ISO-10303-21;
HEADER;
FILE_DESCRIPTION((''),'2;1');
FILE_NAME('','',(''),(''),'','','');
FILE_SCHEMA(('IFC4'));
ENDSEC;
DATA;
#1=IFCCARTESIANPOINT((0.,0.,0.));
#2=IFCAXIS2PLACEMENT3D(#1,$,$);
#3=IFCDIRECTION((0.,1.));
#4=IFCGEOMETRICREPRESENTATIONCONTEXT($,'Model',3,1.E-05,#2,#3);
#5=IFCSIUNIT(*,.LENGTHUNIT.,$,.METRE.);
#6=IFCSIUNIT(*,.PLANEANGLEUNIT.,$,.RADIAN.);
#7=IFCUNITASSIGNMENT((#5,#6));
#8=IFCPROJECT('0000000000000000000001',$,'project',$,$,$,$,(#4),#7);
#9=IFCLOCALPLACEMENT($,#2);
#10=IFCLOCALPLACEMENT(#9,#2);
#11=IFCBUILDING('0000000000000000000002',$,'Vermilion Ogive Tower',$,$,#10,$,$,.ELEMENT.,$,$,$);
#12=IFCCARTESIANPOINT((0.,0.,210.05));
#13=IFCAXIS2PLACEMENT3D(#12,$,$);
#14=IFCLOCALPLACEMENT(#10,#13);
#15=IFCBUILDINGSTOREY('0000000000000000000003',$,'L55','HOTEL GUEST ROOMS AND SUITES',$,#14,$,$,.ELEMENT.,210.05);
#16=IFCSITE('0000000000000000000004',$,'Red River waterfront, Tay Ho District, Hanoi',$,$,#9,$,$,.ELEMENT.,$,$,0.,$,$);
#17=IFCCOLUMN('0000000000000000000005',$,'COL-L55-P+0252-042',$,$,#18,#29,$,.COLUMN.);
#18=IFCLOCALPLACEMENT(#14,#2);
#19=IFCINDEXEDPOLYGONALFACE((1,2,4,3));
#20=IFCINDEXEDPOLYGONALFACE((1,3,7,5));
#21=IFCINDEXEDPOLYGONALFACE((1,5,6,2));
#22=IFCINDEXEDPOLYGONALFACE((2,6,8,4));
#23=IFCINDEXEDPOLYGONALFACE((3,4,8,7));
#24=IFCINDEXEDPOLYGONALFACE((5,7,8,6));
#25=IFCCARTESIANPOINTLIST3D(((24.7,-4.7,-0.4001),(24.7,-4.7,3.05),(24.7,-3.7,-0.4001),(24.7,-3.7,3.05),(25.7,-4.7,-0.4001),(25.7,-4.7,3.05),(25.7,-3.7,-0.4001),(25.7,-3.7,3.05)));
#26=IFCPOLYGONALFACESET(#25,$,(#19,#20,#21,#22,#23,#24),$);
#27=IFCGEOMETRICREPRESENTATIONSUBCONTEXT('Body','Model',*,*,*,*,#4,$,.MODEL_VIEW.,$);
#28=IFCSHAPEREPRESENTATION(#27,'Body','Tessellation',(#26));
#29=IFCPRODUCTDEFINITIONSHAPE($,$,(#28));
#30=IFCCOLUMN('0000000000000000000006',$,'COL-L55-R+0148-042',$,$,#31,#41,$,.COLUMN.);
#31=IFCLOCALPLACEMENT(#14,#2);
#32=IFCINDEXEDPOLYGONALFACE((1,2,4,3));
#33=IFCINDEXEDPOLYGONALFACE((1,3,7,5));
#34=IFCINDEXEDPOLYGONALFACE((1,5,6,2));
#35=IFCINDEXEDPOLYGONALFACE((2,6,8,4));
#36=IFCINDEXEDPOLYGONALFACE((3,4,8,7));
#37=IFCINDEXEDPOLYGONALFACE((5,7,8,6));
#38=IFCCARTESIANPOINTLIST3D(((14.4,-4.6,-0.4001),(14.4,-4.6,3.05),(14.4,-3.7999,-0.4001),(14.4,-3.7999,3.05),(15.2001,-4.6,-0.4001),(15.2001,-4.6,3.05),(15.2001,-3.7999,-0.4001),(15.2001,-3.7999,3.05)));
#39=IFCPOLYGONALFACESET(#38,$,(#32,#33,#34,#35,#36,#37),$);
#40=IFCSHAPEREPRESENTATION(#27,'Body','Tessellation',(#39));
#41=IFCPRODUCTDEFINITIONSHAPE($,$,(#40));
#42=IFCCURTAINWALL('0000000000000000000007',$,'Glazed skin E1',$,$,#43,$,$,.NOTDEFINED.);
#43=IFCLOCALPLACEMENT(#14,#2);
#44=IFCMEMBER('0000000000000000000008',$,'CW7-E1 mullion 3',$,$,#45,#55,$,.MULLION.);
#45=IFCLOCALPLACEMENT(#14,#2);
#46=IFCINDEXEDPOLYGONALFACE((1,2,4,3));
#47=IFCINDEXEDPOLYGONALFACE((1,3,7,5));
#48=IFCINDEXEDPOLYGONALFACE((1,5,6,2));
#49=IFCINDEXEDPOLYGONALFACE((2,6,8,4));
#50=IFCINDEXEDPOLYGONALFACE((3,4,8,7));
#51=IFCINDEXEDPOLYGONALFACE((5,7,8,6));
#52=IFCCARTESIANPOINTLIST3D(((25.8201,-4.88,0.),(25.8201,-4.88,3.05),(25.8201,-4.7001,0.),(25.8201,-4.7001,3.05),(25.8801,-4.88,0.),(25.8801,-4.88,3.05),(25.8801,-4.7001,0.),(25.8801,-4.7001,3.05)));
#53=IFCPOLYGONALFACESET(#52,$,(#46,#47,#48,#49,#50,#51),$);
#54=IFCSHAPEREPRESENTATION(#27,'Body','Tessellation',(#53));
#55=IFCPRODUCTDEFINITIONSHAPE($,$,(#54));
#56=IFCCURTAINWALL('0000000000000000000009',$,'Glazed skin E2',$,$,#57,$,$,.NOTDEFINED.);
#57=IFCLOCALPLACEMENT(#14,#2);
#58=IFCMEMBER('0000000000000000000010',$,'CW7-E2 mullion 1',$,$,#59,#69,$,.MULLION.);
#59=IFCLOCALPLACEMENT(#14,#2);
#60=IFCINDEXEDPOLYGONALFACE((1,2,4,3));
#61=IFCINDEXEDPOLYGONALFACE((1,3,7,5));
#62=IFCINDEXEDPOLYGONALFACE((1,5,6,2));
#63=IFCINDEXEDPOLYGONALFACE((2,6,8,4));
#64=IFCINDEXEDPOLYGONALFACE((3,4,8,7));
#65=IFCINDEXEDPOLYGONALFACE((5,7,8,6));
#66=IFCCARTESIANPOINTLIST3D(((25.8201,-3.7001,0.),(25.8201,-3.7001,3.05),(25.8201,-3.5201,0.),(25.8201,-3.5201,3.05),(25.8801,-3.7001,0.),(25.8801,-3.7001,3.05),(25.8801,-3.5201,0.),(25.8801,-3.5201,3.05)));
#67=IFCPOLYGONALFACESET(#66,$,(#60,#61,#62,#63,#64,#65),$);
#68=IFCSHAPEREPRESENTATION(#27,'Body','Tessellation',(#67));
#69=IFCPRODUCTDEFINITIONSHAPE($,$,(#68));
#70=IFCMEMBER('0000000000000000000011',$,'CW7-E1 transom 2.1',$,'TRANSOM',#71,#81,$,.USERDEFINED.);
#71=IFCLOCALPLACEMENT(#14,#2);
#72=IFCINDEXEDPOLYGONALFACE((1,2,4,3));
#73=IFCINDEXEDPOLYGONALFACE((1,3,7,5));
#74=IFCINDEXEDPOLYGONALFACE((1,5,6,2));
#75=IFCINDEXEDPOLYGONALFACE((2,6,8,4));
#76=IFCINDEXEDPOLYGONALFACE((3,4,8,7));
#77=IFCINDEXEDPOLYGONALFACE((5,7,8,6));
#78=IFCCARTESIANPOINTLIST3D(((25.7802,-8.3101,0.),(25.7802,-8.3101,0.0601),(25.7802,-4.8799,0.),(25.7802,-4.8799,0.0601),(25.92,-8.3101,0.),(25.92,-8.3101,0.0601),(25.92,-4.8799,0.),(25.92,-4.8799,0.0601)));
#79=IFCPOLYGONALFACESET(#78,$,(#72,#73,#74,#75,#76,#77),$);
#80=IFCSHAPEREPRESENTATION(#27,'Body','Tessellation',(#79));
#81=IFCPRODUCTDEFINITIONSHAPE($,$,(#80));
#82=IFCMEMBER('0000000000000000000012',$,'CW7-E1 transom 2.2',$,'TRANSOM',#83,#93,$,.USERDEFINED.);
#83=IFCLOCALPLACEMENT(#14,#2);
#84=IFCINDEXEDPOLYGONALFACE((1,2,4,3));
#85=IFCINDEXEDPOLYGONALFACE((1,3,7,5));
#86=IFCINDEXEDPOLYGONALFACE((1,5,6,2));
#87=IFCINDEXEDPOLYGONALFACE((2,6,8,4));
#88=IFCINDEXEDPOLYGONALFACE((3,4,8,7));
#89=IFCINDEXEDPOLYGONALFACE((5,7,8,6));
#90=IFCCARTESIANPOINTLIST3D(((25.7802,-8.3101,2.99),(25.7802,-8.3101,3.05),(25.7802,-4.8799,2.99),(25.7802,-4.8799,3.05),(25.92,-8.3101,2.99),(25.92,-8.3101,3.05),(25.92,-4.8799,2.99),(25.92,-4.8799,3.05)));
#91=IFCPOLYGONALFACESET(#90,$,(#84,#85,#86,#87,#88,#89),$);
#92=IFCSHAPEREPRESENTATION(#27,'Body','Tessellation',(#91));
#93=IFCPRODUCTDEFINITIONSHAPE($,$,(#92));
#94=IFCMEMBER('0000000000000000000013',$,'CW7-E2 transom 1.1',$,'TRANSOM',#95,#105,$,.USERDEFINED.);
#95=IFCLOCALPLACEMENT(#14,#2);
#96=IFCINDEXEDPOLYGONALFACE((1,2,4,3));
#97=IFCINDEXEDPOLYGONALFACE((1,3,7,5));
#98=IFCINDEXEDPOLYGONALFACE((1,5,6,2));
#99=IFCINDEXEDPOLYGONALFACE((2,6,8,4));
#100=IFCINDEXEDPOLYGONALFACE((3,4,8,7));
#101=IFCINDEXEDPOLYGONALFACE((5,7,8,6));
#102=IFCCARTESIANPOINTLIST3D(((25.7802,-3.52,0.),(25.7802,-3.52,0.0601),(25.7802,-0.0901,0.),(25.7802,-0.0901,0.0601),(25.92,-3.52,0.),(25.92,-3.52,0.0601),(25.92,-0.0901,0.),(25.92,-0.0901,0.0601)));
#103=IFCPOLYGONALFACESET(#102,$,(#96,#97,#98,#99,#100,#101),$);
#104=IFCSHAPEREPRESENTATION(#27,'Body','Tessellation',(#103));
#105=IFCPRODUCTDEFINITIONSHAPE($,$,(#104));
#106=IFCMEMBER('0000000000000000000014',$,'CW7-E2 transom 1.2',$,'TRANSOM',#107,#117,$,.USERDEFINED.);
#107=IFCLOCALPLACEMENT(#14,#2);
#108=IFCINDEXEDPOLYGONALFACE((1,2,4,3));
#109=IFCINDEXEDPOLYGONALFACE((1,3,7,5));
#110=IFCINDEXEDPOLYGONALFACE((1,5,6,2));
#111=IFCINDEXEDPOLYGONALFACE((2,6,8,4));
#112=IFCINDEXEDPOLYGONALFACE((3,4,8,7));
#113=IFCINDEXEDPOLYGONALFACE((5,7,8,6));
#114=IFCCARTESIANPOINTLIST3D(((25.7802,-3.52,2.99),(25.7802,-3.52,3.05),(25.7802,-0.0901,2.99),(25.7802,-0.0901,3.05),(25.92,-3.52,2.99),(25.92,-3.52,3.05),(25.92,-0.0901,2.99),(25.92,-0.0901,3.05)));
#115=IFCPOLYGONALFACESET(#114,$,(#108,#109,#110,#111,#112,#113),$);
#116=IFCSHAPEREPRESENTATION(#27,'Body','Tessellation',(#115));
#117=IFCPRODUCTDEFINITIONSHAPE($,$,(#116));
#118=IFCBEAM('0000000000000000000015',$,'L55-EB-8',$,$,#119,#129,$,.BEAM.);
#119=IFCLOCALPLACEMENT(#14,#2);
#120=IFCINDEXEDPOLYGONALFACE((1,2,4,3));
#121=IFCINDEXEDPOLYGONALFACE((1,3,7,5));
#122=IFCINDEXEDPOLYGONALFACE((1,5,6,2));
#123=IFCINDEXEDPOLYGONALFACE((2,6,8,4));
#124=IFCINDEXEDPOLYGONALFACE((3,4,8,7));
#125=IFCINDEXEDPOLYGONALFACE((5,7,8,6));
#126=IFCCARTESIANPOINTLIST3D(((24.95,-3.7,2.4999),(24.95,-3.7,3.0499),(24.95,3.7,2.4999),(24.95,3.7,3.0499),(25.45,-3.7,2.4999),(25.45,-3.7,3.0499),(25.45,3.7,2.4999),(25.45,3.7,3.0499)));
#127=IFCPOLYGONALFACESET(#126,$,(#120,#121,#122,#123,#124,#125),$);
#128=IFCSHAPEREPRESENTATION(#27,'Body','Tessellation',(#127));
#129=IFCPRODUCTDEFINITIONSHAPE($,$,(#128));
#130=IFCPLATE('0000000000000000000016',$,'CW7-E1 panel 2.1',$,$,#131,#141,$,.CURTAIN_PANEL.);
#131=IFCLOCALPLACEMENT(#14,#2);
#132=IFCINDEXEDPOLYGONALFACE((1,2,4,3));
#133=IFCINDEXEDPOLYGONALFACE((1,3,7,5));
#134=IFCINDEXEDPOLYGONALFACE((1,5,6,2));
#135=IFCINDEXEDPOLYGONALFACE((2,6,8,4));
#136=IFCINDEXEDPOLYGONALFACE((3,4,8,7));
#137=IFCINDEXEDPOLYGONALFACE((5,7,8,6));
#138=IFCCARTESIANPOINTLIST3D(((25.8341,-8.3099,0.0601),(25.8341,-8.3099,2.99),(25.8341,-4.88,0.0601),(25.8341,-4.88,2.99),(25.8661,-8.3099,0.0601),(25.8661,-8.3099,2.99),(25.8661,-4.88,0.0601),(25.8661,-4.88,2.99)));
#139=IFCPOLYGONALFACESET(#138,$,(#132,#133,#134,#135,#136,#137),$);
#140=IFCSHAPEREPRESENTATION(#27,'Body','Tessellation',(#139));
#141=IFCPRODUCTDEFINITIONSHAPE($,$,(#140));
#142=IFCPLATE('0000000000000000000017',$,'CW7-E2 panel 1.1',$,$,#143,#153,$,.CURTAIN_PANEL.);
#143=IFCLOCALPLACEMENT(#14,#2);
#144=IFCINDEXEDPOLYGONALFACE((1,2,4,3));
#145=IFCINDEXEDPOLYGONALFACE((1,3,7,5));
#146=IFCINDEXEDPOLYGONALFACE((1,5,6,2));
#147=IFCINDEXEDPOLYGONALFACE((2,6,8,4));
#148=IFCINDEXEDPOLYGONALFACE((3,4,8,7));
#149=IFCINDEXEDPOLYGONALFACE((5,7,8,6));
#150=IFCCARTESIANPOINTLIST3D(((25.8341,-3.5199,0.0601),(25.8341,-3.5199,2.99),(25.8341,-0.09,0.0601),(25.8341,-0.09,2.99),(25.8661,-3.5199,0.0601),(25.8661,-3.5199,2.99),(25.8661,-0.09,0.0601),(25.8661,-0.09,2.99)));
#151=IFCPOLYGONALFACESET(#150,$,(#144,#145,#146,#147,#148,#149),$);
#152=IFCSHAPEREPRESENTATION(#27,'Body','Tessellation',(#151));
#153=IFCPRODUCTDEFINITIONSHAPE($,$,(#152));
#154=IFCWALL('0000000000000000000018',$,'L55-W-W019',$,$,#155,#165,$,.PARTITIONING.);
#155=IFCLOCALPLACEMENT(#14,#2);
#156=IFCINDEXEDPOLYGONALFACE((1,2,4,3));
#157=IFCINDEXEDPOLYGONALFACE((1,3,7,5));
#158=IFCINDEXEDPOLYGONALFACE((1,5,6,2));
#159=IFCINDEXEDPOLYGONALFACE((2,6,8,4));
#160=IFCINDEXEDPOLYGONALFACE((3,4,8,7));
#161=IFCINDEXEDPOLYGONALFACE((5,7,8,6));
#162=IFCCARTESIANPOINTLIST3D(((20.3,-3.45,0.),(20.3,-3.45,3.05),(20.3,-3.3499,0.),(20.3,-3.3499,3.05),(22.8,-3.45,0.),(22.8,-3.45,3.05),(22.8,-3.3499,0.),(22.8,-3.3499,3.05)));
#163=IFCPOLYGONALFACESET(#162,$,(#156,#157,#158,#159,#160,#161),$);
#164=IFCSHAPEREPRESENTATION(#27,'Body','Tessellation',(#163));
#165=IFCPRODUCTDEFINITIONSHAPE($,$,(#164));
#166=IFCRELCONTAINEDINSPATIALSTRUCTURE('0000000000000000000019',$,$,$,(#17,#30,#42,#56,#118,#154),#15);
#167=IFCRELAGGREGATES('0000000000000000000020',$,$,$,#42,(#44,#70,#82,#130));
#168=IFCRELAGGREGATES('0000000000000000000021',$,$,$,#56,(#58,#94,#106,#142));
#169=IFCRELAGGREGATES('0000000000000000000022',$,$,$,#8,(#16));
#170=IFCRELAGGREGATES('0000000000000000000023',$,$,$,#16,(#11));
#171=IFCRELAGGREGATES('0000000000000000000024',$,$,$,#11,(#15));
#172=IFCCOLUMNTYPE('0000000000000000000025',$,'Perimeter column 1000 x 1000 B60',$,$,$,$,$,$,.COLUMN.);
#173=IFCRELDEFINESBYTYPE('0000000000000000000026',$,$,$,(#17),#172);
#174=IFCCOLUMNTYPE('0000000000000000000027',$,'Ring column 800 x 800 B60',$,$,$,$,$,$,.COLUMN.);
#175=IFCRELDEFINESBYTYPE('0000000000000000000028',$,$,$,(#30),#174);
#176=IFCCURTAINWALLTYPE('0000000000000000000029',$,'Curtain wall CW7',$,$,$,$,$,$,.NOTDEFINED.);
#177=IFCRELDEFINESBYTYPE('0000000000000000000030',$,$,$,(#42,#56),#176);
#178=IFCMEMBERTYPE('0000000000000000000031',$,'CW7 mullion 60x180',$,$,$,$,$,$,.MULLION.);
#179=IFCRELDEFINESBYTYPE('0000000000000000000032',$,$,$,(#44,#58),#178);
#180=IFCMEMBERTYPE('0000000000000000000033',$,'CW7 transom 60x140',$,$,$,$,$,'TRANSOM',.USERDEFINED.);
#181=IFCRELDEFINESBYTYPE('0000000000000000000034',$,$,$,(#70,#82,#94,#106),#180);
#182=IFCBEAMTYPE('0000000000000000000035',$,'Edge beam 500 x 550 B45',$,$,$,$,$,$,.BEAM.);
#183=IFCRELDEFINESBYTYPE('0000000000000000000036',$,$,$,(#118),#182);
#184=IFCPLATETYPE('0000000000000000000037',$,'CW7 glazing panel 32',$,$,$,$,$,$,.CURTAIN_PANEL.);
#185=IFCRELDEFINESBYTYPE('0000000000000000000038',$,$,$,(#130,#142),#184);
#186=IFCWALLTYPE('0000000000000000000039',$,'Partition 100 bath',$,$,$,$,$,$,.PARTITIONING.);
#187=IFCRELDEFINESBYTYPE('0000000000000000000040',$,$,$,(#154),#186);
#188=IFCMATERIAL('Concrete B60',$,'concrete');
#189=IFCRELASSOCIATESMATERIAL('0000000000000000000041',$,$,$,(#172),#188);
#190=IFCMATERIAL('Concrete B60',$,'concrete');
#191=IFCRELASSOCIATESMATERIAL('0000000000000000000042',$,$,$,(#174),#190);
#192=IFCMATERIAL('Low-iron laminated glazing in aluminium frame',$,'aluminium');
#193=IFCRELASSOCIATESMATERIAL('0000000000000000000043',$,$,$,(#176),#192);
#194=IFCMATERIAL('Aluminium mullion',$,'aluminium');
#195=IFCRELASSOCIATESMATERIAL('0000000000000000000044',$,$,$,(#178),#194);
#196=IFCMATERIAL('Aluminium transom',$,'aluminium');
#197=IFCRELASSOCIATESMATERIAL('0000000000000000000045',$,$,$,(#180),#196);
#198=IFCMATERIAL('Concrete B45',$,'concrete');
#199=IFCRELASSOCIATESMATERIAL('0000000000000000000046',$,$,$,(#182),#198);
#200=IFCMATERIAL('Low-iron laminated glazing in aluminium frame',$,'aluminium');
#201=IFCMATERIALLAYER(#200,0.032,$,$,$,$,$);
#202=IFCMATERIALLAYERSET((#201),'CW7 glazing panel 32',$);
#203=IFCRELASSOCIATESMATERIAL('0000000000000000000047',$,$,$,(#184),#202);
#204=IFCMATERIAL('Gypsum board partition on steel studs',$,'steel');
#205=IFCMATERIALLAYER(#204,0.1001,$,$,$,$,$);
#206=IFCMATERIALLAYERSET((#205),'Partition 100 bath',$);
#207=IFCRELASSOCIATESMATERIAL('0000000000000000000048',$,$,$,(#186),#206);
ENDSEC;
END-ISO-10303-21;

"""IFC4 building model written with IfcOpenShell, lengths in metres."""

from ifc_helpers import new_model, si_unit, direction, frame, frame_2d, origin, origin_2d, place, context, subcontext, project, spatial, rectangle, extrude, material, layer, layer_set, material_profile, profile_set, type_object, element, aggregate, save


model = new_model("IFC4")

# Units and contexts
model_context = context("Model", 3, precision=1e-05, world=origin(), true_north=direction((0.0, 1.0)))
body_context = subcontext(model_context, "Body", "Model", "MODEL_VIEW")
ifc_project = project(units=[si_unit("LENGTHUNIT", "METRE"), si_unit("PLANEANGLEUNIT", "RADIAN")], contexts=[model_context])

# Site, building, storey
site_placement = place(None, origin())
site = spatial("IfcSite", under=ifc_project, at=site_placement, Name="Red River waterfront, Tay Ho District, Hanoi", CompositionType="ELEMENT", RefElevation=0.0)
building_placement = place(site_placement, origin())
building = spatial("IfcBuilding", under=site, at=building_placement, Name="Vermilion Ogive Tower", CompositionType="ELEMENT")
storey_placement = place(building_placement, frame((0.0, 0.0, 210.05)))
storey = spatial("IfcBuildingStorey", under=building, at=storey_placement, Name="L55", Description="HOTEL GUEST ROOMS AND SUITES", CompositionType="ELEMENT", Elevation=210.05)

# Columns
ifc_material_1 = material(Name="Concrete B60", Category="concrete")
ifc_material_profile_1 = material_profile(ifc_material_1, rectangle(XDim=1.0, YDim=1.0, at=origin_2d()), Name="1000 x 1000")
ifc_profile_set_1 = profile_set([ifc_material_profile_1], Name="Concrete B60")
column_type_1 = type_object("IfcColumnType", Name="Perimeter column 1000 x 1000 B60", PredefinedType="COLUMN", material=ifc_profile_set_1)
column_1_placement = place(storey_placement, frame((25.2, -4.2, -0.4001), z_axis=(0.0, 0.0, 1.0), x_axis=(1.0, 0.0, 0.0)))
element("IfcColumn", 1, at=column_1_placement, inside=storey, type_object=column_type_1, Name="COL-L55-P+0252-042", PredefinedType="COLUMN", context=body_context, shape_type="SweptSolid", body=[
    extrude(rectangle(XDim=1.0, YDim=1.0, at=origin_2d()), origin(), (0.0, 0.0, 1.0), 3.4502),
])
ifc_material_2 = material(Name="Concrete B60", Category="concrete")
ifc_material_profile_2 = material_profile(ifc_material_2, rectangle(XDim=0.8, YDim=0.8, at=origin_2d()), Name="800 x 800")
ifc_profile_set_2 = profile_set([ifc_material_profile_2], Name="Concrete B60")
column_type_2 = type_object("IfcColumnType", Name="Ring column 800 x 800 B60", PredefinedType="COLUMN", material=ifc_profile_set_2)
column_2_placement = place(storey_placement, frame((14.8, -4.2, -0.4001), z_axis=(0.0, 0.0, 1.0), x_axis=(1.0, 0.0, 0.0)))
element("IfcColumn", 2, at=column_2_placement, inside=storey, type_object=column_type_2, Name="COL-L55-R+0148-042", PredefinedType="COLUMN", context=body_context, shape_type="SweptSolid", body=[
    extrude(rectangle(XDim=0.8, YDim=0.8, at=origin_2d()), origin(), (0.0, 0.0, 1.0), 3.4502),
])

# Curtain walls, members
ifc_material_3 = material(Name="Low-iron laminated glazing in aluminium frame", Category="aluminium")
curtain_wall_type = type_object("IfcCurtainWallType", Name="Curtain wall CW7", PredefinedType="NOTDEFINED", material=ifc_material_3)
curtain_wall_1_placement = place(storey_placement, origin())
curtain_wall_1 = element("IfcCurtainWall", 3, at=curtain_wall_1_placement, inside=storey, type_object=curtain_wall_type, Name="Glazed skin E1", PredefinedType="NOTDEFINED")
ifc_material_4 = material(Name="Aluminium mullion", Category="aluminium")
ifc_material_profile_3 = material_profile(ifc_material_4, rectangle(XDim=0.0601, YDim=0.1799, at=origin_2d()), Name="AL 60x180")
ifc_profile_set_3 = profile_set([ifc_material_profile_3], Name="Aluminium mullion")
member_type_1 = type_object("IfcMemberType", Name="CW7 mullion 60x180", PredefinedType="MULLION", material=ifc_profile_set_3)
member_1_placement = place(storey_placement, frame((25.8501, -4.79, 0.0), z_axis=(0.0, 0.0, 1.0), x_axis=(-1.0, 0.0, 0.0)))
member_1 = element("IfcMember", 4, at=member_1_placement, type_object=member_type_1, Name="CW7-E1 mullion 3", PredefinedType="MULLION", context=body_context, shape_type="SweptSolid", body=[
    extrude(rectangle(XDim=0.0601, YDim=0.1799, at=origin_2d()), origin(), (0.0, 0.0, 1.0), 3.05),
])
curtain_wall_2_placement = place(storey_placement, origin())
curtain_wall_2 = element("IfcCurtainWall", 5, at=curtain_wall_2_placement, inside=storey, type_object=curtain_wall_type, Name="Glazed skin E2", PredefinedType="NOTDEFINED")
member_2_placement = place(storey_placement, frame((25.8501, -3.6101, 0.0), z_axis=(0.0, 0.0, 1.0), x_axis=(-1.0, 0.0, 0.0)))
member_2 = element("IfcMember", 6, at=member_2_placement, type_object=member_type_1, Name="CW7-E2 mullion 1", PredefinedType="MULLION", context=body_context, shape_type="SweptSolid", body=[
    extrude(rectangle(XDim=0.0601, YDim=0.1799, at=origin_2d()), origin(), (0.0, 0.0, 1.0), 3.05),
])

# Members
ifc_material_5 = material(Name="Aluminium transom", Category="aluminium")
ifc_material_profile_4 = material_profile(ifc_material_5, rectangle(XDim=0.1399, YDim=0.0601, at=origin_2d()), Name="AL 60x140")
ifc_profile_set_4 = profile_set([ifc_material_profile_4], Name="Aluminium transom")
member_type_2 = type_object("IfcMemberType", Name="CW7 transom 60x140", ElementType="TRANSOM", PredefinedType="USERDEFINED", material=ifc_profile_set_4)
member_3_placement = place(storey_placement, frame((25.8501, -8.3101, 0.03), z_axis=(0.0, 1.0, 0.0), x_axis=(-1.0, 0.0, 0.0)))
member_3 = element("IfcMember", 7, at=member_3_placement, type_object=member_type_2, Name="CW7-E1 transom 2.1", ObjectType="TRANSOM", PredefinedType="USERDEFINED", context=body_context, shape_type="SweptSolid", body=[
    extrude(rectangle(XDim=0.1399, YDim=0.0601, at=origin_2d()), origin(), (0.0, 0.0, 1.0), 3.4302),
])
member_4_placement = place(storey_placement, frame((25.8501, -8.3101, 3.02), z_axis=(0.0, 1.0, 0.0), x_axis=(-1.0, 0.0, 0.0)))
member_4 = element("IfcMember", 8, at=member_4_placement, type_object=member_type_2, Name="CW7-E1 transom 2.2", ObjectType="TRANSOM", PredefinedType="USERDEFINED", context=body_context, shape_type="SweptSolid", body=[
    extrude(rectangle(XDim=0.1399, YDim=0.0601, at=origin_2d()), origin(), (0.0, 0.0, 1.0), 3.4302),
])
member_5_placement = place(storey_placement, frame((25.8501, -3.52, 0.03), z_axis=(0.0, 1.0, 0.0), x_axis=(-1.0, 0.0, 0.0)))
member_5 = element("IfcMember", 9, at=member_5_placement, type_object=member_type_2, Name="CW7-E2 transom 1.1", ObjectType="TRANSOM", PredefinedType="USERDEFINED", context=body_context, shape_type="SweptSolid", body=[
    extrude(rectangle(XDim=0.1399, YDim=0.0601, at=origin_2d()), origin(), (0.0, 0.0, 1.0), 3.4299),
])
member_6_placement = place(storey_placement, frame((25.8501, -3.52, 3.02), z_axis=(0.0, 1.0, 0.0), x_axis=(-1.0, 0.0, 0.0)))
member_6 = element("IfcMember", 10, at=member_6_placement, type_object=member_type_2, Name="CW7-E2 transom 1.2", ObjectType="TRANSOM", PredefinedType="USERDEFINED", context=body_context, shape_type="SweptSolid", body=[
    extrude(rectangle(XDim=0.1399, YDim=0.0601, at=origin_2d()), origin(), (0.0, 0.0, 1.0), 3.4299),
])

# Beam
ifc_material_6 = material(Name="Concrete B45", Category="concrete")
ifc_material_profile_5 = material_profile(ifc_material_6, rectangle(XDim=0.5, YDim=0.55, at=origin_2d()), Name="500 x 550")
ifc_profile_set_5 = profile_set([ifc_material_profile_5], Name="Concrete B45")
beam_type = type_object("IfcBeamType", Name="Edge beam 500 x 550 B45", PredefinedType="BEAM", material=ifc_profile_set_5)
beam_placement = place(storey_placement, frame((25.2, -3.7, 2.7749), z_axis=(0.0, 1.0, 0.0), x_axis=(-1.0, 0.0, 0.0)))
element("IfcBeam", 11, at=beam_placement, inside=storey, type_object=beam_type, Name="L55-EB-8", PredefinedType="BEAM", context=body_context, shape_type="SweptSolid", body=[
    extrude(rectangle(XDim=0.5, YDim=0.55, at=origin_2d()), origin(), (0.0, 0.0, 1.0), 7.3999),
])

# Plates
ifc_material_7 = material(Name="Low-iron laminated glazing in aluminium frame", Category="aluminium")
ifc_layer_1 = layer(ifc_material_7, 0.032)
ifc_layer_set_1 = layer_set([ifc_layer_1], Name="CW7 glazing panel 32")
plate_type = type_object("IfcPlateType", Name="CW7 glazing panel 32", PredefinedType="CURTAIN_PANEL", material=ifc_layer_set_1)
plate_1_placement = place(storey_placement, frame((25.8501, -6.595, 0.0601), z_axis=(0.0, 0.0, 1.0), x_axis=(0.0, 1.0, 0.0)))
plate_1 = element("IfcPlate", 12, at=plate_1_placement, type_object=plate_type, Name="CW7-E1 panel 2.1", PredefinedType="CURTAIN_PANEL", context=body_context, shape_type="SweptSolid", body=[
    extrude(rectangle(XDim=3.4299, YDim=0.032, at=origin_2d()), origin(), (0.0, 0.0, 1.0), 2.9299),
])
aggregate(curtain_wall_1, [member_1, member_3, member_4, plate_1])
plate_2_placement = place(storey_placement, frame((25.8501, -1.8049, 0.0601), z_axis=(0.0, 0.0, 1.0), x_axis=(0.0, 1.0, 0.0)))
plate_2 = element("IfcPlate", 13, at=plate_2_placement, type_object=plate_type, Name="CW7-E2 panel 1.1", PredefinedType="CURTAIN_PANEL", context=body_context, shape_type="SweptSolid", body=[
    extrude(rectangle(XDim=3.4299, YDim=0.032, at=origin_2d()), origin(), (0.0, 0.0, 1.0), 2.9299),
])
aggregate(curtain_wall_2, [member_2, member_5, member_6, plate_2])

# Wall
ifc_material_8 = material(Name="Gypsum board partition on steel studs", Category="steel")
ifc_layer_2 = layer(ifc_material_8, 0.1001)
ifc_layer_set_2 = layer_set([ifc_layer_2], Name="Partition 100 bath")
wall_type_1 = type_object("IfcWallType", Name="Partition 100 bath", PredefinedType="PARTITIONING", material=ifc_layer_set_2)
wall_1_placement = place(storey_placement, frame((20.3, -3.3999, 0.0), z_axis=(0.0, 0.0, 1.0), x_axis=(1.0, 0.0, 0.0)))
element("IfcWall", 14, at=wall_1_placement, inside=storey, type_object=wall_type_1, Name="L55-W-W019", PredefinedType="PARTITIONING", context=body_context, shape_type="SweptSolid", body=[
    extrude(rectangle(XDim=2.5, YDim=0.1001, at=frame_2d((1.25, 0.0))), origin(), (0.0, 0.0, 1.0), 3.05),
])

save(model, "model.ifc")
